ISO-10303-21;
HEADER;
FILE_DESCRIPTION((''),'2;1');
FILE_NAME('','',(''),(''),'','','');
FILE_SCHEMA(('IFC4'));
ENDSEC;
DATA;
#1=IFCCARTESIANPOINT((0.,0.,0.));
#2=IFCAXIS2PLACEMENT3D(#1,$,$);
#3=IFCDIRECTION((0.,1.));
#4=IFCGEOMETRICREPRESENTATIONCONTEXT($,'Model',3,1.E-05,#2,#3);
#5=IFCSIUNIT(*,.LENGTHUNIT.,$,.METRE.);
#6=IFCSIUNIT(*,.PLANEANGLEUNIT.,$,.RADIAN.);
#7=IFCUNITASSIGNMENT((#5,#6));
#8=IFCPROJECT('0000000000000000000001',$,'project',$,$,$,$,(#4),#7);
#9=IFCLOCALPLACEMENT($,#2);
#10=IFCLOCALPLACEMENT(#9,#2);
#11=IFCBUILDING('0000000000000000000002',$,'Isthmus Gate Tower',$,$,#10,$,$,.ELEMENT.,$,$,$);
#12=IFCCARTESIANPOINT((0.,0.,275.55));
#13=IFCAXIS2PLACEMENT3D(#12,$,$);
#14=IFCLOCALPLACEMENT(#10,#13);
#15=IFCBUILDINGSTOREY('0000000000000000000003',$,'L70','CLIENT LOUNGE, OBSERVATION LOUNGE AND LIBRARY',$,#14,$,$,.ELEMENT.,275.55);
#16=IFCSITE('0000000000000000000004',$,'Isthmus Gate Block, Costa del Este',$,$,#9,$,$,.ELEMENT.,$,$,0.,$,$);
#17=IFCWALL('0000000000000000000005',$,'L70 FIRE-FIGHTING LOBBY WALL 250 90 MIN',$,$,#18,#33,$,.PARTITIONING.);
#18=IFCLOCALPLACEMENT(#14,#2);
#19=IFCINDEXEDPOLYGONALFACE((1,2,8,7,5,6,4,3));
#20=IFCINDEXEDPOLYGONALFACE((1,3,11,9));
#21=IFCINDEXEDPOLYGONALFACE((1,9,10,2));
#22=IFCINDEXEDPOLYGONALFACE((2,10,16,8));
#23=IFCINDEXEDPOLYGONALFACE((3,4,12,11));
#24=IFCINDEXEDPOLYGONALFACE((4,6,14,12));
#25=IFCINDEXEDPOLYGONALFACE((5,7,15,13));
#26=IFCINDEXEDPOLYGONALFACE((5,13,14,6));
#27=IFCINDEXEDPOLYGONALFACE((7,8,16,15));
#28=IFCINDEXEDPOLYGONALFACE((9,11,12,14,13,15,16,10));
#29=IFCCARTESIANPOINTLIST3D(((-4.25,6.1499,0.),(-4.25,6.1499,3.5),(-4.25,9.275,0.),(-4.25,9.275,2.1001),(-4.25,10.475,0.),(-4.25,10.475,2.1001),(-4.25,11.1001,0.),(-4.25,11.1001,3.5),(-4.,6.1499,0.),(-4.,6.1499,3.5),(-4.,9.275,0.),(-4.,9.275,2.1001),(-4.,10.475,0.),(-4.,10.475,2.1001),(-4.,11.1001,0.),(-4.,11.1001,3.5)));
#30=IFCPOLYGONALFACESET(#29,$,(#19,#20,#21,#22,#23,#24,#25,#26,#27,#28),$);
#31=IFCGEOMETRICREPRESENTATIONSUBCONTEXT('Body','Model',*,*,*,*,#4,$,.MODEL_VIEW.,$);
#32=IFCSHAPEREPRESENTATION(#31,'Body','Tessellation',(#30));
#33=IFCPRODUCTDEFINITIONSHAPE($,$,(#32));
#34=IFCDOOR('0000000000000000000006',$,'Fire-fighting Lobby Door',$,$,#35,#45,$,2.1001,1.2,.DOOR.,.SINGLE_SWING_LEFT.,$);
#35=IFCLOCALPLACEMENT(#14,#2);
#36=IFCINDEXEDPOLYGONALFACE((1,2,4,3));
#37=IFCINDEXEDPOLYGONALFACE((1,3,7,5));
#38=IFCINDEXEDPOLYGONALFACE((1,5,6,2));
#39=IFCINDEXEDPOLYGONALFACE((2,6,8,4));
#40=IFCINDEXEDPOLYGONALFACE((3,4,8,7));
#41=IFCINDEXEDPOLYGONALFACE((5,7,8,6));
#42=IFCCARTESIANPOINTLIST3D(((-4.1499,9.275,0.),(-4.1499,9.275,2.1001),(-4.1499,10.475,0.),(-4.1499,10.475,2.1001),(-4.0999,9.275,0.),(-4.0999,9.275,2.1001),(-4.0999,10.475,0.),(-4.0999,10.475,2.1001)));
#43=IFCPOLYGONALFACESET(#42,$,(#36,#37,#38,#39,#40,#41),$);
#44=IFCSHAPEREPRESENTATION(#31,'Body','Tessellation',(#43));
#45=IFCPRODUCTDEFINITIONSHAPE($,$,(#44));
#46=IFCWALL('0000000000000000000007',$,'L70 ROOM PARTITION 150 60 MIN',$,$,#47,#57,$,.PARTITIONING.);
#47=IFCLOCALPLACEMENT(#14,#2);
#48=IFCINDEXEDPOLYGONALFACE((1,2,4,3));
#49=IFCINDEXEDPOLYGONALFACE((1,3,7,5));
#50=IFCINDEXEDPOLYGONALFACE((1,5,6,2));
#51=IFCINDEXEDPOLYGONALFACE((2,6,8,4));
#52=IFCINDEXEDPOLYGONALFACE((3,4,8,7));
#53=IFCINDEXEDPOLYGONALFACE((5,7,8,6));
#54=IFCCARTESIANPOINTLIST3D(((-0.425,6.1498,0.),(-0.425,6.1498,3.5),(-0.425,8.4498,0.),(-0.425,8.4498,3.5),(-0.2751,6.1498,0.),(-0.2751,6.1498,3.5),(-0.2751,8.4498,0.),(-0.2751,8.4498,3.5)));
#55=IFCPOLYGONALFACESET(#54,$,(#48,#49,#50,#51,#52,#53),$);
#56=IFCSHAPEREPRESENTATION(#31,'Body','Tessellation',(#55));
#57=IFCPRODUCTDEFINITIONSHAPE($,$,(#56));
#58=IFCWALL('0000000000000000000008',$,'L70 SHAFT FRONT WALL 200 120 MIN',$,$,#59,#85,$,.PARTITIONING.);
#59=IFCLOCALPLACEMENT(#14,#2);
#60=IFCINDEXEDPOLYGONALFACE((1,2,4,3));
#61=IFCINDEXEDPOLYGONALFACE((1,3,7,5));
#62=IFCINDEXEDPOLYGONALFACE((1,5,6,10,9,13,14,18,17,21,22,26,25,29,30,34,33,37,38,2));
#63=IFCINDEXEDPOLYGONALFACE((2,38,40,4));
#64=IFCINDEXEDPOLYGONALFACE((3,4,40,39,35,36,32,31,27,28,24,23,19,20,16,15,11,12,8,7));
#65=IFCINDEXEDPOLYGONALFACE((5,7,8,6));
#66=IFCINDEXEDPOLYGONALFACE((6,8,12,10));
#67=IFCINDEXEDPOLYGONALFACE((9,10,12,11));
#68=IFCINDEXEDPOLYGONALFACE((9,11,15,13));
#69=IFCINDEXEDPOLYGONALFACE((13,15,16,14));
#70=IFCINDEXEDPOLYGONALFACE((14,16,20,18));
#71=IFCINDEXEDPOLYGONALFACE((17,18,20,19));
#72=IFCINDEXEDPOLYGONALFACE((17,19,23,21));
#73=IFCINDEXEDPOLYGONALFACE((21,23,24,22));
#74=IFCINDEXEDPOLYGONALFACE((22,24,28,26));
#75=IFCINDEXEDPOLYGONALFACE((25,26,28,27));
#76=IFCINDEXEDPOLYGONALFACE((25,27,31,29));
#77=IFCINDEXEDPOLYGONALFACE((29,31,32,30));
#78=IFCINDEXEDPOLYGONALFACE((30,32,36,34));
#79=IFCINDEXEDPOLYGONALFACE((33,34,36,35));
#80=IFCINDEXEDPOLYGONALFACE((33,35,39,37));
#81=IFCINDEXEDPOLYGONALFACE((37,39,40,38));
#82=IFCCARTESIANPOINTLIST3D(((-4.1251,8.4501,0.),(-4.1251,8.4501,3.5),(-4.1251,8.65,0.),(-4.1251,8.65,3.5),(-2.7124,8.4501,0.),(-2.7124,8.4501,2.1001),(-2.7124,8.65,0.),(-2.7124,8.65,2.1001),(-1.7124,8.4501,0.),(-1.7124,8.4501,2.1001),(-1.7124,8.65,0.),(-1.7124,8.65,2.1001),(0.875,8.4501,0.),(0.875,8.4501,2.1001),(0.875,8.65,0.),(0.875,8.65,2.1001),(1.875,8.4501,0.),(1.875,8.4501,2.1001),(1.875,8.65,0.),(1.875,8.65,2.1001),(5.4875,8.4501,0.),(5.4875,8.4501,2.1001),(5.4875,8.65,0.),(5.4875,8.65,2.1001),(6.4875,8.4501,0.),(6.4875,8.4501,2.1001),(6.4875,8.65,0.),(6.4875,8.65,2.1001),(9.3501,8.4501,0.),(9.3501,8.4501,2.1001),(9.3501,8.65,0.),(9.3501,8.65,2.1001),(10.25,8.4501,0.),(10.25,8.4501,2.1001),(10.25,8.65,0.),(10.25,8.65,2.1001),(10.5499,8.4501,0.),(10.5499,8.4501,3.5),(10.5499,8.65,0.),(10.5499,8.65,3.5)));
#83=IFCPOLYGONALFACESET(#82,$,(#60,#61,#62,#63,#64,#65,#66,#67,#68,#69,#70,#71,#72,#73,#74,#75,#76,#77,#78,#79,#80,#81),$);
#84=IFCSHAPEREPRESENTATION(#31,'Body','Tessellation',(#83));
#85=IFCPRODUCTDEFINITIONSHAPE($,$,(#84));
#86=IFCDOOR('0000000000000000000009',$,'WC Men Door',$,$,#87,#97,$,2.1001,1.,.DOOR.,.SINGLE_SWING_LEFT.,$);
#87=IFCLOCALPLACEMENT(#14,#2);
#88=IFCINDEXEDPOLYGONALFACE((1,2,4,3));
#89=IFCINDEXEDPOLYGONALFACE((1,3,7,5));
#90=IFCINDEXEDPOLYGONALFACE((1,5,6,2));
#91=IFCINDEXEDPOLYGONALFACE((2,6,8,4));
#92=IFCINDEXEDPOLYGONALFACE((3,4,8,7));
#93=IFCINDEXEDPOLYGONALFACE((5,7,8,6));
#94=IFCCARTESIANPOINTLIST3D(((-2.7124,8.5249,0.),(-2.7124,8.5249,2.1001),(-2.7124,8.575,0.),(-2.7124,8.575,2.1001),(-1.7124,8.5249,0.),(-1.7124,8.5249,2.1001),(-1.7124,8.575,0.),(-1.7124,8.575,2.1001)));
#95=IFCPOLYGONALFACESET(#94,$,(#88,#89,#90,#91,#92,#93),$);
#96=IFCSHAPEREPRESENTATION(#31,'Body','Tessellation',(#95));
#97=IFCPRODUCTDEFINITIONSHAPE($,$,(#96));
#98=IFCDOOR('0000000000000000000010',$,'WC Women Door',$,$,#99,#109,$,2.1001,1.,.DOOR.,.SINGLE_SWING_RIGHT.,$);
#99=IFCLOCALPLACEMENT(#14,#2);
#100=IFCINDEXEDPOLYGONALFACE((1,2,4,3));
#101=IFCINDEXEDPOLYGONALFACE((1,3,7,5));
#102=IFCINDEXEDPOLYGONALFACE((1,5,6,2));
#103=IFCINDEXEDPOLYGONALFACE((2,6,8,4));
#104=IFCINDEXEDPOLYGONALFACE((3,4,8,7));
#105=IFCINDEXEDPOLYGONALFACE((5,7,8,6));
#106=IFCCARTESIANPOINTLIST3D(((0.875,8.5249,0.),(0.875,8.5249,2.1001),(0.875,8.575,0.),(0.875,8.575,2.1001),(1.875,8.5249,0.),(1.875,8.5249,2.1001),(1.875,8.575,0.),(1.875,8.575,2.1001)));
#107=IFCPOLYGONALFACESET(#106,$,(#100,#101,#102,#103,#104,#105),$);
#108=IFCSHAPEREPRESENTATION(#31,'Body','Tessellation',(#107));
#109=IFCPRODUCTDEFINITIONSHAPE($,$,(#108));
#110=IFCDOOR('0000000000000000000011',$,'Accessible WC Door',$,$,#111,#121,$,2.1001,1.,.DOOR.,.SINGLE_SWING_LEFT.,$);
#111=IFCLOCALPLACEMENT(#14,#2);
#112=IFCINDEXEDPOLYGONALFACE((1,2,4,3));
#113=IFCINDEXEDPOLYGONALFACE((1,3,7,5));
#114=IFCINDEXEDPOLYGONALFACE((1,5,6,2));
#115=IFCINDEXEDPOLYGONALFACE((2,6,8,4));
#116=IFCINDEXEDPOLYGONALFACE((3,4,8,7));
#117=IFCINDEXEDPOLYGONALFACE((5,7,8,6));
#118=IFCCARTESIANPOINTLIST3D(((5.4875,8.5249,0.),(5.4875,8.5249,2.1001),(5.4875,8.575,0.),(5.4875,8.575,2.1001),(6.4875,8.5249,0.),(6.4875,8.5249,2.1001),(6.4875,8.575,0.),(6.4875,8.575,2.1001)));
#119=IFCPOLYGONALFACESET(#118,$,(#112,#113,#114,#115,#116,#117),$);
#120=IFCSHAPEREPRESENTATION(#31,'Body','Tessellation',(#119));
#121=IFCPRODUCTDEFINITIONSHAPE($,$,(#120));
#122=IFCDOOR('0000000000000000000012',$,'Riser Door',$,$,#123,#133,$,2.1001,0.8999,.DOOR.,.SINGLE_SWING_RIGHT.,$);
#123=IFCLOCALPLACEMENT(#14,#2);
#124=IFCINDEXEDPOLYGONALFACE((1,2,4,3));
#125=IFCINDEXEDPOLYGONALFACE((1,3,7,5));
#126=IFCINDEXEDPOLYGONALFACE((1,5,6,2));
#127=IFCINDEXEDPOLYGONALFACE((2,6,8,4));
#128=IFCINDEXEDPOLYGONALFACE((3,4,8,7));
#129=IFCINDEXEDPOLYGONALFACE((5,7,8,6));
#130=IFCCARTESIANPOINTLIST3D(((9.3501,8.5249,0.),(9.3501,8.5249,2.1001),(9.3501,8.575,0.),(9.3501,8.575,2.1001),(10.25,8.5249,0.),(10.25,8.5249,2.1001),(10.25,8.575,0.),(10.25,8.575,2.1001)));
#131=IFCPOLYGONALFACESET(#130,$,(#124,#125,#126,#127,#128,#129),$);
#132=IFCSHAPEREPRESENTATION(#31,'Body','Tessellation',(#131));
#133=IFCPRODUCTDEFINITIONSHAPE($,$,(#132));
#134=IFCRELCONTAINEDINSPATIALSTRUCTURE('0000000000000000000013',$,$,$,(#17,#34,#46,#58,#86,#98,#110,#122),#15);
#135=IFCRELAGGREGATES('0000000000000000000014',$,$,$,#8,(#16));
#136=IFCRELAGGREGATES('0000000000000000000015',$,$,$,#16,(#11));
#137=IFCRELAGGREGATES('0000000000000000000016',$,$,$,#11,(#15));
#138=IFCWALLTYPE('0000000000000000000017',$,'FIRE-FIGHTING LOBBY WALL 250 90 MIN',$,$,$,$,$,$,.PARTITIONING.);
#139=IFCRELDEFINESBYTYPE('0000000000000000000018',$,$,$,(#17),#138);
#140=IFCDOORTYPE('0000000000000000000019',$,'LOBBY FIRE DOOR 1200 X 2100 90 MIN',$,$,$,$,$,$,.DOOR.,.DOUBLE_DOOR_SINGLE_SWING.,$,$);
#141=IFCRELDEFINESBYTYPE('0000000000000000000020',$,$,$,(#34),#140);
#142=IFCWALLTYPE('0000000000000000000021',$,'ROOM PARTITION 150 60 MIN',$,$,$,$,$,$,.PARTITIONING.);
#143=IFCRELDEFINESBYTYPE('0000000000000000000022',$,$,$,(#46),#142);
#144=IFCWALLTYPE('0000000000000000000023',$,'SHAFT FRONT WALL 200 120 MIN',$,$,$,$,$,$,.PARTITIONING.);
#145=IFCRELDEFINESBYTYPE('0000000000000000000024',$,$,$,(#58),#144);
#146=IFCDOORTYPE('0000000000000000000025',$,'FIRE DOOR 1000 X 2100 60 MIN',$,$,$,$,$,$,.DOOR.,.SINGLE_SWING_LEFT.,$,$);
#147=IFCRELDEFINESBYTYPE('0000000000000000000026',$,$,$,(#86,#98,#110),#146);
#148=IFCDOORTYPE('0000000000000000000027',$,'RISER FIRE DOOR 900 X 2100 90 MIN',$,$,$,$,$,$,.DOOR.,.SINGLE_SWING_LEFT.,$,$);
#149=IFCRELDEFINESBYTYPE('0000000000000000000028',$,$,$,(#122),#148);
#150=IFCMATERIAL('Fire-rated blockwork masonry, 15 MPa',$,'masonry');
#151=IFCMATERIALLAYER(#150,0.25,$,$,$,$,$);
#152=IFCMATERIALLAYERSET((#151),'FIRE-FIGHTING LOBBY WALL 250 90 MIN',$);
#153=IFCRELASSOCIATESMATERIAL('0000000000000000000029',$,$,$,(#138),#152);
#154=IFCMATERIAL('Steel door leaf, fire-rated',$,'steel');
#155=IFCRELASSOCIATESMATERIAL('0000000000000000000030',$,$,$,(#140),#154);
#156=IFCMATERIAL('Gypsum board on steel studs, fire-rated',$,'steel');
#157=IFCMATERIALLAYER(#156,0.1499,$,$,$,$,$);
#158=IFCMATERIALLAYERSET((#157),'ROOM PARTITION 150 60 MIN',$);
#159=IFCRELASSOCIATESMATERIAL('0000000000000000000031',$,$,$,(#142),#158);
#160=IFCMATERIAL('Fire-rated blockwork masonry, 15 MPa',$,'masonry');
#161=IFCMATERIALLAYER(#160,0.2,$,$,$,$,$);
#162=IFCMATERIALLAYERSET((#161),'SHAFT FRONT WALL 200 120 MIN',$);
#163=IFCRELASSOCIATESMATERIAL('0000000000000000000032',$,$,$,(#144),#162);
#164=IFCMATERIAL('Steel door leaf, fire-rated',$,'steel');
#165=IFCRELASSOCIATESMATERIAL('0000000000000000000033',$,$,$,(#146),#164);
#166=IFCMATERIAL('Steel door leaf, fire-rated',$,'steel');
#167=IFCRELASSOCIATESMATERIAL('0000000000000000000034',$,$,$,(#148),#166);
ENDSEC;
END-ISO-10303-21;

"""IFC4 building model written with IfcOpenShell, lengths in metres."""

from ifc_helpers import new_model, si_unit, direction, frame, frame_2d, origin, place, context, subcontext, project, spatial, rectangle, extrude, material, layer, layer_set, type_object, element, fill, save


model = new_model("IFC4")

# Units and contexts
model_context = context("Model", 3, precision=1e-05, world=origin(), true_north=direction((0.0, 1.0)))
body_context = subcontext(model_context, "Body", "Model", "MODEL_VIEW")
ifc_project = project(units=[si_unit("LENGTHUNIT", "METRE"), si_unit("PLANEANGLEUNIT", "RADIAN")], contexts=[model_context])

# Site, building, storey
site_placement = place(None, origin())
site = spatial("IfcSite", under=ifc_project, at=site_placement, Name="Isthmus Gate Block, Costa del Este", CompositionType="ELEMENT", RefElevation=0.0)
building_placement = place(site_placement, origin())
building = spatial("IfcBuilding", under=site, at=building_placement, Name="Isthmus Gate Tower", CompositionType="ELEMENT")
storey_placement = place(building_placement, frame((0.0, 0.0, 275.55)))
storey = spatial("IfcBuildingStorey", under=building, at=storey_placement, Name="L70", Description="CLIENT LOUNGE, OBSERVATION LOUNGE AND LIBRARY", CompositionType="ELEMENT", Elevation=275.55)

# Wall, opening, door
ifc_material_1 = material(Name="Fire-rated blockwork masonry, 15 MPa", Category="masonry")
ifc_layer_1 = layer(ifc_material_1, 0.25)
ifc_layer_set_1 = layer_set([ifc_layer_1], Name="FIRE-FIGHTING LOBBY WALL 250 90 MIN")
wall_type_1 = type_object("IfcWallType", Name="FIRE-FIGHTING LOBBY WALL 250 90 MIN", PredefinedType="PARTITIONING", material=ifc_layer_set_1)
wall_1_placement = place(storey_placement, frame((-4.125, 6.1499, 0.0), z_axis=(0.0, 0.0, 1.0), x_axis=(0.0, 1.0, 0.0)))
wall_1 = element("IfcWall", 1, at=wall_1_placement, inside=storey, type_object=wall_type_1, Name="L70 FIRE-FIGHTING LOBBY WALL 250 90 MIN", PredefinedType="PARTITIONING", context=body_context, shape_type="SweptSolid", body=[
    extrude(rectangle(XDim=4.9502, YDim=0.25, at=frame_2d((2.4751, 0.0))), origin(), (0.0, 0.0, 1.0), 3.5),
])
opening_1_placement = place(wall_1_placement, frame((3.125, 0.0, 0.0)))
opening_1 = element("IfcOpeningElement", 2, at=opening_1_placement, cuts=wall_1, PredefinedType="OPENING", context=body_context, shape_type="SweptSolid", body=[
    extrude(rectangle(XDim=1.2, YDim=2.1001, at=frame_2d((0.6001, 1.05))), frame((0.0, 0.135, 0.0), z_axis=(0.0, -1.0, 0.0), x_axis=(1.0, 0.0, 0.0)), (0.0, 0.0, 1.0), 0.27),
])
ifc_material_2 = material(Name="Steel door leaf, fire-rated", Category="steel")
door_type_1 = type_object("IfcDoorType", Name="LOBBY FIRE DOOR 1200 X 2100 90 MIN", OperationType="DOUBLE_DOOR_SINGLE_SWING", PredefinedType="DOOR", material=ifc_material_2)
door_1_placement = place(opening_1_placement, origin())
door_1 = element("IfcDoor", 3, at=door_1_placement, inside=storey, type_object=door_type_1, Name="Fire-fighting Lobby Door", OperationType="SINGLE_SWING_LEFT", OverallHeight=2.1001, OverallWidth=1.2, PredefinedType="DOOR", context=body_context, shape_type="SweptSolid", body=[
    extrude(rectangle(XDim=1.2, YDim=2.1001, at=frame_2d((0.6001, 1.05))), frame((0.0, 0.0249, 0.0), z_axis=(0.0, -1.0, 0.0), x_axis=(1.0, 0.0, 0.0)), (0.0, 0.0, 1.0), 0.05),
])
fill(opening_1, door_1)

# Wall
ifc_material_3 = material(Name="Gypsum board on steel studs, fire-rated", Category="steel")
ifc_layer_2 = layer(ifc_material_3, 0.1499)
ifc_layer_set_2 = layer_set([ifc_layer_2], Name="ROOM PARTITION 150 60 MIN")
wall_type_2 = type_object("IfcWallType", Name="ROOM PARTITION 150 60 MIN", PredefinedType="PARTITIONING", material=ifc_layer_set_2)
wall_2_placement = place(storey_placement, frame((-0.3501, 6.1499, 0.0), z_axis=(0.0, 0.0, 1.0), x_axis=(0.0, 1.0, 0.0)))
element("IfcWall", 4, at=wall_2_placement, inside=storey, type_object=wall_type_2, Name="L70 ROOM PARTITION 150 60 MIN", PredefinedType="PARTITIONING", context=body_context, shape_type="SweptSolid", body=[
    extrude(rectangle(XDim=2.3, YDim=0.1499, at=frame_2d((1.1499, 0.0))), origin(), (0.0, 0.0, 1.0), 3.5),
])

# Wall, openings, doors
ifc_material_4 = material(Name="Fire-rated blockwork masonry, 15 MPa", Category="masonry")
ifc_layer_3 = layer(ifc_material_4, 0.2)
ifc_layer_set_3 = layer_set([ifc_layer_3], Name="SHAFT FRONT WALL 200 120 MIN")
wall_type_3 = type_object("IfcWallType", Name="SHAFT FRONT WALL 200 120 MIN", PredefinedType="PARTITIONING", material=ifc_layer_set_3)
wall_3_placement = place(storey_placement, frame((-4.125, 8.55, 0.0), z_axis=(0.0, 0.0, 1.0), x_axis=(1.0, 0.0, 0.0)))
wall_3 = element("IfcWall", 5, at=wall_3_placement, inside=storey, type_object=wall_type_3, Name="L70 SHAFT FRONT WALL 200 120 MIN", PredefinedType="PARTITIONING", context=body_context, shape_type="SweptSolid", body=[
    extrude(rectangle(XDim=14.675, YDim=0.2, at=frame_2d((7.3374, 0.0))), origin(), (0.0, 0.0, 1.0), 3.5),
])
opening_2_placement = place(wall_3_placement, frame((1.4126, 0.0, 0.0)))
opening_2 = element("IfcOpeningElement", 6, at=opening_2_placement, cuts=wall_3, PredefinedType="OPENING", context=body_context, shape_type="SweptSolid", body=[
    extrude(rectangle(XDim=1.0, YDim=2.1001, at=frame_2d((0.5, 1.05))), frame((0.0, 0.1099, 0.0), z_axis=(0.0, -1.0, 0.0), x_axis=(1.0, 0.0, 0.0)), (0.0, 0.0, 1.0), 0.22),
])
opening_3_placement = place(wall_3_placement, frame((5.0, 0.0, 0.0)))
opening_3 = element("IfcOpeningElement", 7, at=opening_3_placement, cuts=wall_3, PredefinedType="OPENING", context=body_context, shape_type="SweptSolid", body=[
    extrude(rectangle(XDim=1.0, YDim=2.1001, at=frame_2d((0.5, 1.05))), frame((0.0, 0.1099, 0.0), z_axis=(0.0, -1.0, 0.0), x_axis=(1.0, 0.0, 0.0)), (0.0, 0.0, 1.0), 0.22),
])
opening_4_placement = place(wall_3_placement, frame((9.6125, 0.0, 0.0)))
opening_4 = element("IfcOpeningElement", 8, at=opening_4_placement, cuts=wall_3, PredefinedType="OPENING", context=body_context, shape_type="SweptSolid", body=[
    extrude(rectangle(XDim=1.0, YDim=2.1001, at=frame_2d((0.5, 1.05))), frame((0.0, 0.1099, 0.0), z_axis=(0.0, -1.0, 0.0), x_axis=(1.0, 0.0, 0.0)), (0.0, 0.0, 1.0), 0.22),
])
opening_5_placement = place(wall_3_placement, frame((13.4751, 0.0, 0.0)))
opening_5 = element("IfcOpeningElement", 9, at=opening_5_placement, cuts=wall_3, PredefinedType="OPENING", context=body_context, shape_type="SweptSolid", body=[
    extrude(rectangle(XDim=0.8999, YDim=2.1001, at=frame_2d((0.45, 1.05))), frame((0.0, 0.1099, 0.0), z_axis=(0.0, -1.0, 0.0), x_axis=(1.0, 0.0, 0.0)), (0.0, 0.0, 1.0), 0.22),
])
ifc_material_5 = material(Name="Steel door leaf, fire-rated", Category="steel")
door_type_2 = type_object("IfcDoorType", Name="FIRE DOOR 1000 X 2100 60 MIN", OperationType="SINGLE_SWING_LEFT", PredefinedType="DOOR", material=ifc_material_5)
door_2_placement = place(opening_2_placement, origin())
door_2 = element("IfcDoor", 10, at=door_2_placement, inside=storey, type_object=door_type_2, Name="WC Men Door", OperationType="SINGLE_SWING_LEFT", OverallHeight=2.1001, OverallWidth=1.0, PredefinedType="DOOR", context=body_context, shape_type="SweptSolid", body=[
    extrude(rectangle(XDim=1.0, YDim=2.1001, at=frame_2d((0.5, 1.05))), frame((0.0, 0.0249, 0.0), z_axis=(0.0, -1.0, 0.0), x_axis=(1.0, 0.0, 0.0)), (0.0, 0.0, 1.0), 0.05),
])
fill(opening_2, door_2)
door_3_placement = place(opening_3_placement, origin())
door_3 = element("IfcDoor", 11, at=door_3_placement, inside=storey, type_object=door_type_2, Name="WC Women Door", OperationType="SINGLE_SWING_RIGHT", OverallHeight=2.1001, OverallWidth=1.0, PredefinedType="DOOR", context=body_context, shape_type="SweptSolid", body=[
    extrude(rectangle(XDim=1.0, YDim=2.1001, at=frame_2d((0.5, 1.05))), frame((0.0, 0.0249, 0.0), z_axis=(0.0, -1.0, 0.0), x_axis=(1.0, 0.0, 0.0)), (0.0, 0.0, 1.0), 0.05),
])
fill(opening_3, door_3)
door_4_placement = place(opening_4_placement, origin())
door_4 = element("IfcDoor", 12, at=door_4_placement, inside=storey, type_object=door_type_2, Name="Accessible WC Door", OperationType="SINGLE_SWING_LEFT", OverallHeight=2.1001, OverallWidth=1.0, PredefinedType="DOOR", context=body_context, shape_type="SweptSolid", body=[
    extrude(rectangle(XDim=1.0, YDim=2.1001, at=frame_2d((0.5, 1.05))), frame((0.0, 0.0249, 0.0), z_axis=(0.0, -1.0, 0.0), x_axis=(1.0, 0.0, 0.0)), (0.0, 0.0, 1.0), 0.05),
])
fill(opening_4, door_4)
ifc_material_6 = material(Name="Steel door leaf, fire-rated", Category="steel")
door_type_3 = type_object("IfcDoorType", Name="RISER FIRE DOOR 900 X 2100 90 MIN", OperationType="SINGLE_SWING_LEFT", PredefinedType="DOOR", material=ifc_material_6)
door_5_placement = place(opening_5_placement, origin())
door_5 = element("IfcDoor", 13, at=door_5_placement, inside=storey, type_object=door_type_3, Name="Riser Door", OperationType="SINGLE_SWING_RIGHT", OverallHeight=2.1001, OverallWidth=0.8999, PredefinedType="DOOR", context=body_context, shape_type="SweptSolid", body=[
    extrude(rectangle(XDim=0.8999, YDim=2.1001, at=frame_2d((0.45, 1.05))), frame((0.0, 0.0249, 0.0), z_axis=(0.0, -1.0, 0.0), x_axis=(1.0, 0.0, 0.0)), (0.0, 0.0, 1.0), 0.05),
])
fill(opening_5, door_5)

save(model, "model.ifc")
